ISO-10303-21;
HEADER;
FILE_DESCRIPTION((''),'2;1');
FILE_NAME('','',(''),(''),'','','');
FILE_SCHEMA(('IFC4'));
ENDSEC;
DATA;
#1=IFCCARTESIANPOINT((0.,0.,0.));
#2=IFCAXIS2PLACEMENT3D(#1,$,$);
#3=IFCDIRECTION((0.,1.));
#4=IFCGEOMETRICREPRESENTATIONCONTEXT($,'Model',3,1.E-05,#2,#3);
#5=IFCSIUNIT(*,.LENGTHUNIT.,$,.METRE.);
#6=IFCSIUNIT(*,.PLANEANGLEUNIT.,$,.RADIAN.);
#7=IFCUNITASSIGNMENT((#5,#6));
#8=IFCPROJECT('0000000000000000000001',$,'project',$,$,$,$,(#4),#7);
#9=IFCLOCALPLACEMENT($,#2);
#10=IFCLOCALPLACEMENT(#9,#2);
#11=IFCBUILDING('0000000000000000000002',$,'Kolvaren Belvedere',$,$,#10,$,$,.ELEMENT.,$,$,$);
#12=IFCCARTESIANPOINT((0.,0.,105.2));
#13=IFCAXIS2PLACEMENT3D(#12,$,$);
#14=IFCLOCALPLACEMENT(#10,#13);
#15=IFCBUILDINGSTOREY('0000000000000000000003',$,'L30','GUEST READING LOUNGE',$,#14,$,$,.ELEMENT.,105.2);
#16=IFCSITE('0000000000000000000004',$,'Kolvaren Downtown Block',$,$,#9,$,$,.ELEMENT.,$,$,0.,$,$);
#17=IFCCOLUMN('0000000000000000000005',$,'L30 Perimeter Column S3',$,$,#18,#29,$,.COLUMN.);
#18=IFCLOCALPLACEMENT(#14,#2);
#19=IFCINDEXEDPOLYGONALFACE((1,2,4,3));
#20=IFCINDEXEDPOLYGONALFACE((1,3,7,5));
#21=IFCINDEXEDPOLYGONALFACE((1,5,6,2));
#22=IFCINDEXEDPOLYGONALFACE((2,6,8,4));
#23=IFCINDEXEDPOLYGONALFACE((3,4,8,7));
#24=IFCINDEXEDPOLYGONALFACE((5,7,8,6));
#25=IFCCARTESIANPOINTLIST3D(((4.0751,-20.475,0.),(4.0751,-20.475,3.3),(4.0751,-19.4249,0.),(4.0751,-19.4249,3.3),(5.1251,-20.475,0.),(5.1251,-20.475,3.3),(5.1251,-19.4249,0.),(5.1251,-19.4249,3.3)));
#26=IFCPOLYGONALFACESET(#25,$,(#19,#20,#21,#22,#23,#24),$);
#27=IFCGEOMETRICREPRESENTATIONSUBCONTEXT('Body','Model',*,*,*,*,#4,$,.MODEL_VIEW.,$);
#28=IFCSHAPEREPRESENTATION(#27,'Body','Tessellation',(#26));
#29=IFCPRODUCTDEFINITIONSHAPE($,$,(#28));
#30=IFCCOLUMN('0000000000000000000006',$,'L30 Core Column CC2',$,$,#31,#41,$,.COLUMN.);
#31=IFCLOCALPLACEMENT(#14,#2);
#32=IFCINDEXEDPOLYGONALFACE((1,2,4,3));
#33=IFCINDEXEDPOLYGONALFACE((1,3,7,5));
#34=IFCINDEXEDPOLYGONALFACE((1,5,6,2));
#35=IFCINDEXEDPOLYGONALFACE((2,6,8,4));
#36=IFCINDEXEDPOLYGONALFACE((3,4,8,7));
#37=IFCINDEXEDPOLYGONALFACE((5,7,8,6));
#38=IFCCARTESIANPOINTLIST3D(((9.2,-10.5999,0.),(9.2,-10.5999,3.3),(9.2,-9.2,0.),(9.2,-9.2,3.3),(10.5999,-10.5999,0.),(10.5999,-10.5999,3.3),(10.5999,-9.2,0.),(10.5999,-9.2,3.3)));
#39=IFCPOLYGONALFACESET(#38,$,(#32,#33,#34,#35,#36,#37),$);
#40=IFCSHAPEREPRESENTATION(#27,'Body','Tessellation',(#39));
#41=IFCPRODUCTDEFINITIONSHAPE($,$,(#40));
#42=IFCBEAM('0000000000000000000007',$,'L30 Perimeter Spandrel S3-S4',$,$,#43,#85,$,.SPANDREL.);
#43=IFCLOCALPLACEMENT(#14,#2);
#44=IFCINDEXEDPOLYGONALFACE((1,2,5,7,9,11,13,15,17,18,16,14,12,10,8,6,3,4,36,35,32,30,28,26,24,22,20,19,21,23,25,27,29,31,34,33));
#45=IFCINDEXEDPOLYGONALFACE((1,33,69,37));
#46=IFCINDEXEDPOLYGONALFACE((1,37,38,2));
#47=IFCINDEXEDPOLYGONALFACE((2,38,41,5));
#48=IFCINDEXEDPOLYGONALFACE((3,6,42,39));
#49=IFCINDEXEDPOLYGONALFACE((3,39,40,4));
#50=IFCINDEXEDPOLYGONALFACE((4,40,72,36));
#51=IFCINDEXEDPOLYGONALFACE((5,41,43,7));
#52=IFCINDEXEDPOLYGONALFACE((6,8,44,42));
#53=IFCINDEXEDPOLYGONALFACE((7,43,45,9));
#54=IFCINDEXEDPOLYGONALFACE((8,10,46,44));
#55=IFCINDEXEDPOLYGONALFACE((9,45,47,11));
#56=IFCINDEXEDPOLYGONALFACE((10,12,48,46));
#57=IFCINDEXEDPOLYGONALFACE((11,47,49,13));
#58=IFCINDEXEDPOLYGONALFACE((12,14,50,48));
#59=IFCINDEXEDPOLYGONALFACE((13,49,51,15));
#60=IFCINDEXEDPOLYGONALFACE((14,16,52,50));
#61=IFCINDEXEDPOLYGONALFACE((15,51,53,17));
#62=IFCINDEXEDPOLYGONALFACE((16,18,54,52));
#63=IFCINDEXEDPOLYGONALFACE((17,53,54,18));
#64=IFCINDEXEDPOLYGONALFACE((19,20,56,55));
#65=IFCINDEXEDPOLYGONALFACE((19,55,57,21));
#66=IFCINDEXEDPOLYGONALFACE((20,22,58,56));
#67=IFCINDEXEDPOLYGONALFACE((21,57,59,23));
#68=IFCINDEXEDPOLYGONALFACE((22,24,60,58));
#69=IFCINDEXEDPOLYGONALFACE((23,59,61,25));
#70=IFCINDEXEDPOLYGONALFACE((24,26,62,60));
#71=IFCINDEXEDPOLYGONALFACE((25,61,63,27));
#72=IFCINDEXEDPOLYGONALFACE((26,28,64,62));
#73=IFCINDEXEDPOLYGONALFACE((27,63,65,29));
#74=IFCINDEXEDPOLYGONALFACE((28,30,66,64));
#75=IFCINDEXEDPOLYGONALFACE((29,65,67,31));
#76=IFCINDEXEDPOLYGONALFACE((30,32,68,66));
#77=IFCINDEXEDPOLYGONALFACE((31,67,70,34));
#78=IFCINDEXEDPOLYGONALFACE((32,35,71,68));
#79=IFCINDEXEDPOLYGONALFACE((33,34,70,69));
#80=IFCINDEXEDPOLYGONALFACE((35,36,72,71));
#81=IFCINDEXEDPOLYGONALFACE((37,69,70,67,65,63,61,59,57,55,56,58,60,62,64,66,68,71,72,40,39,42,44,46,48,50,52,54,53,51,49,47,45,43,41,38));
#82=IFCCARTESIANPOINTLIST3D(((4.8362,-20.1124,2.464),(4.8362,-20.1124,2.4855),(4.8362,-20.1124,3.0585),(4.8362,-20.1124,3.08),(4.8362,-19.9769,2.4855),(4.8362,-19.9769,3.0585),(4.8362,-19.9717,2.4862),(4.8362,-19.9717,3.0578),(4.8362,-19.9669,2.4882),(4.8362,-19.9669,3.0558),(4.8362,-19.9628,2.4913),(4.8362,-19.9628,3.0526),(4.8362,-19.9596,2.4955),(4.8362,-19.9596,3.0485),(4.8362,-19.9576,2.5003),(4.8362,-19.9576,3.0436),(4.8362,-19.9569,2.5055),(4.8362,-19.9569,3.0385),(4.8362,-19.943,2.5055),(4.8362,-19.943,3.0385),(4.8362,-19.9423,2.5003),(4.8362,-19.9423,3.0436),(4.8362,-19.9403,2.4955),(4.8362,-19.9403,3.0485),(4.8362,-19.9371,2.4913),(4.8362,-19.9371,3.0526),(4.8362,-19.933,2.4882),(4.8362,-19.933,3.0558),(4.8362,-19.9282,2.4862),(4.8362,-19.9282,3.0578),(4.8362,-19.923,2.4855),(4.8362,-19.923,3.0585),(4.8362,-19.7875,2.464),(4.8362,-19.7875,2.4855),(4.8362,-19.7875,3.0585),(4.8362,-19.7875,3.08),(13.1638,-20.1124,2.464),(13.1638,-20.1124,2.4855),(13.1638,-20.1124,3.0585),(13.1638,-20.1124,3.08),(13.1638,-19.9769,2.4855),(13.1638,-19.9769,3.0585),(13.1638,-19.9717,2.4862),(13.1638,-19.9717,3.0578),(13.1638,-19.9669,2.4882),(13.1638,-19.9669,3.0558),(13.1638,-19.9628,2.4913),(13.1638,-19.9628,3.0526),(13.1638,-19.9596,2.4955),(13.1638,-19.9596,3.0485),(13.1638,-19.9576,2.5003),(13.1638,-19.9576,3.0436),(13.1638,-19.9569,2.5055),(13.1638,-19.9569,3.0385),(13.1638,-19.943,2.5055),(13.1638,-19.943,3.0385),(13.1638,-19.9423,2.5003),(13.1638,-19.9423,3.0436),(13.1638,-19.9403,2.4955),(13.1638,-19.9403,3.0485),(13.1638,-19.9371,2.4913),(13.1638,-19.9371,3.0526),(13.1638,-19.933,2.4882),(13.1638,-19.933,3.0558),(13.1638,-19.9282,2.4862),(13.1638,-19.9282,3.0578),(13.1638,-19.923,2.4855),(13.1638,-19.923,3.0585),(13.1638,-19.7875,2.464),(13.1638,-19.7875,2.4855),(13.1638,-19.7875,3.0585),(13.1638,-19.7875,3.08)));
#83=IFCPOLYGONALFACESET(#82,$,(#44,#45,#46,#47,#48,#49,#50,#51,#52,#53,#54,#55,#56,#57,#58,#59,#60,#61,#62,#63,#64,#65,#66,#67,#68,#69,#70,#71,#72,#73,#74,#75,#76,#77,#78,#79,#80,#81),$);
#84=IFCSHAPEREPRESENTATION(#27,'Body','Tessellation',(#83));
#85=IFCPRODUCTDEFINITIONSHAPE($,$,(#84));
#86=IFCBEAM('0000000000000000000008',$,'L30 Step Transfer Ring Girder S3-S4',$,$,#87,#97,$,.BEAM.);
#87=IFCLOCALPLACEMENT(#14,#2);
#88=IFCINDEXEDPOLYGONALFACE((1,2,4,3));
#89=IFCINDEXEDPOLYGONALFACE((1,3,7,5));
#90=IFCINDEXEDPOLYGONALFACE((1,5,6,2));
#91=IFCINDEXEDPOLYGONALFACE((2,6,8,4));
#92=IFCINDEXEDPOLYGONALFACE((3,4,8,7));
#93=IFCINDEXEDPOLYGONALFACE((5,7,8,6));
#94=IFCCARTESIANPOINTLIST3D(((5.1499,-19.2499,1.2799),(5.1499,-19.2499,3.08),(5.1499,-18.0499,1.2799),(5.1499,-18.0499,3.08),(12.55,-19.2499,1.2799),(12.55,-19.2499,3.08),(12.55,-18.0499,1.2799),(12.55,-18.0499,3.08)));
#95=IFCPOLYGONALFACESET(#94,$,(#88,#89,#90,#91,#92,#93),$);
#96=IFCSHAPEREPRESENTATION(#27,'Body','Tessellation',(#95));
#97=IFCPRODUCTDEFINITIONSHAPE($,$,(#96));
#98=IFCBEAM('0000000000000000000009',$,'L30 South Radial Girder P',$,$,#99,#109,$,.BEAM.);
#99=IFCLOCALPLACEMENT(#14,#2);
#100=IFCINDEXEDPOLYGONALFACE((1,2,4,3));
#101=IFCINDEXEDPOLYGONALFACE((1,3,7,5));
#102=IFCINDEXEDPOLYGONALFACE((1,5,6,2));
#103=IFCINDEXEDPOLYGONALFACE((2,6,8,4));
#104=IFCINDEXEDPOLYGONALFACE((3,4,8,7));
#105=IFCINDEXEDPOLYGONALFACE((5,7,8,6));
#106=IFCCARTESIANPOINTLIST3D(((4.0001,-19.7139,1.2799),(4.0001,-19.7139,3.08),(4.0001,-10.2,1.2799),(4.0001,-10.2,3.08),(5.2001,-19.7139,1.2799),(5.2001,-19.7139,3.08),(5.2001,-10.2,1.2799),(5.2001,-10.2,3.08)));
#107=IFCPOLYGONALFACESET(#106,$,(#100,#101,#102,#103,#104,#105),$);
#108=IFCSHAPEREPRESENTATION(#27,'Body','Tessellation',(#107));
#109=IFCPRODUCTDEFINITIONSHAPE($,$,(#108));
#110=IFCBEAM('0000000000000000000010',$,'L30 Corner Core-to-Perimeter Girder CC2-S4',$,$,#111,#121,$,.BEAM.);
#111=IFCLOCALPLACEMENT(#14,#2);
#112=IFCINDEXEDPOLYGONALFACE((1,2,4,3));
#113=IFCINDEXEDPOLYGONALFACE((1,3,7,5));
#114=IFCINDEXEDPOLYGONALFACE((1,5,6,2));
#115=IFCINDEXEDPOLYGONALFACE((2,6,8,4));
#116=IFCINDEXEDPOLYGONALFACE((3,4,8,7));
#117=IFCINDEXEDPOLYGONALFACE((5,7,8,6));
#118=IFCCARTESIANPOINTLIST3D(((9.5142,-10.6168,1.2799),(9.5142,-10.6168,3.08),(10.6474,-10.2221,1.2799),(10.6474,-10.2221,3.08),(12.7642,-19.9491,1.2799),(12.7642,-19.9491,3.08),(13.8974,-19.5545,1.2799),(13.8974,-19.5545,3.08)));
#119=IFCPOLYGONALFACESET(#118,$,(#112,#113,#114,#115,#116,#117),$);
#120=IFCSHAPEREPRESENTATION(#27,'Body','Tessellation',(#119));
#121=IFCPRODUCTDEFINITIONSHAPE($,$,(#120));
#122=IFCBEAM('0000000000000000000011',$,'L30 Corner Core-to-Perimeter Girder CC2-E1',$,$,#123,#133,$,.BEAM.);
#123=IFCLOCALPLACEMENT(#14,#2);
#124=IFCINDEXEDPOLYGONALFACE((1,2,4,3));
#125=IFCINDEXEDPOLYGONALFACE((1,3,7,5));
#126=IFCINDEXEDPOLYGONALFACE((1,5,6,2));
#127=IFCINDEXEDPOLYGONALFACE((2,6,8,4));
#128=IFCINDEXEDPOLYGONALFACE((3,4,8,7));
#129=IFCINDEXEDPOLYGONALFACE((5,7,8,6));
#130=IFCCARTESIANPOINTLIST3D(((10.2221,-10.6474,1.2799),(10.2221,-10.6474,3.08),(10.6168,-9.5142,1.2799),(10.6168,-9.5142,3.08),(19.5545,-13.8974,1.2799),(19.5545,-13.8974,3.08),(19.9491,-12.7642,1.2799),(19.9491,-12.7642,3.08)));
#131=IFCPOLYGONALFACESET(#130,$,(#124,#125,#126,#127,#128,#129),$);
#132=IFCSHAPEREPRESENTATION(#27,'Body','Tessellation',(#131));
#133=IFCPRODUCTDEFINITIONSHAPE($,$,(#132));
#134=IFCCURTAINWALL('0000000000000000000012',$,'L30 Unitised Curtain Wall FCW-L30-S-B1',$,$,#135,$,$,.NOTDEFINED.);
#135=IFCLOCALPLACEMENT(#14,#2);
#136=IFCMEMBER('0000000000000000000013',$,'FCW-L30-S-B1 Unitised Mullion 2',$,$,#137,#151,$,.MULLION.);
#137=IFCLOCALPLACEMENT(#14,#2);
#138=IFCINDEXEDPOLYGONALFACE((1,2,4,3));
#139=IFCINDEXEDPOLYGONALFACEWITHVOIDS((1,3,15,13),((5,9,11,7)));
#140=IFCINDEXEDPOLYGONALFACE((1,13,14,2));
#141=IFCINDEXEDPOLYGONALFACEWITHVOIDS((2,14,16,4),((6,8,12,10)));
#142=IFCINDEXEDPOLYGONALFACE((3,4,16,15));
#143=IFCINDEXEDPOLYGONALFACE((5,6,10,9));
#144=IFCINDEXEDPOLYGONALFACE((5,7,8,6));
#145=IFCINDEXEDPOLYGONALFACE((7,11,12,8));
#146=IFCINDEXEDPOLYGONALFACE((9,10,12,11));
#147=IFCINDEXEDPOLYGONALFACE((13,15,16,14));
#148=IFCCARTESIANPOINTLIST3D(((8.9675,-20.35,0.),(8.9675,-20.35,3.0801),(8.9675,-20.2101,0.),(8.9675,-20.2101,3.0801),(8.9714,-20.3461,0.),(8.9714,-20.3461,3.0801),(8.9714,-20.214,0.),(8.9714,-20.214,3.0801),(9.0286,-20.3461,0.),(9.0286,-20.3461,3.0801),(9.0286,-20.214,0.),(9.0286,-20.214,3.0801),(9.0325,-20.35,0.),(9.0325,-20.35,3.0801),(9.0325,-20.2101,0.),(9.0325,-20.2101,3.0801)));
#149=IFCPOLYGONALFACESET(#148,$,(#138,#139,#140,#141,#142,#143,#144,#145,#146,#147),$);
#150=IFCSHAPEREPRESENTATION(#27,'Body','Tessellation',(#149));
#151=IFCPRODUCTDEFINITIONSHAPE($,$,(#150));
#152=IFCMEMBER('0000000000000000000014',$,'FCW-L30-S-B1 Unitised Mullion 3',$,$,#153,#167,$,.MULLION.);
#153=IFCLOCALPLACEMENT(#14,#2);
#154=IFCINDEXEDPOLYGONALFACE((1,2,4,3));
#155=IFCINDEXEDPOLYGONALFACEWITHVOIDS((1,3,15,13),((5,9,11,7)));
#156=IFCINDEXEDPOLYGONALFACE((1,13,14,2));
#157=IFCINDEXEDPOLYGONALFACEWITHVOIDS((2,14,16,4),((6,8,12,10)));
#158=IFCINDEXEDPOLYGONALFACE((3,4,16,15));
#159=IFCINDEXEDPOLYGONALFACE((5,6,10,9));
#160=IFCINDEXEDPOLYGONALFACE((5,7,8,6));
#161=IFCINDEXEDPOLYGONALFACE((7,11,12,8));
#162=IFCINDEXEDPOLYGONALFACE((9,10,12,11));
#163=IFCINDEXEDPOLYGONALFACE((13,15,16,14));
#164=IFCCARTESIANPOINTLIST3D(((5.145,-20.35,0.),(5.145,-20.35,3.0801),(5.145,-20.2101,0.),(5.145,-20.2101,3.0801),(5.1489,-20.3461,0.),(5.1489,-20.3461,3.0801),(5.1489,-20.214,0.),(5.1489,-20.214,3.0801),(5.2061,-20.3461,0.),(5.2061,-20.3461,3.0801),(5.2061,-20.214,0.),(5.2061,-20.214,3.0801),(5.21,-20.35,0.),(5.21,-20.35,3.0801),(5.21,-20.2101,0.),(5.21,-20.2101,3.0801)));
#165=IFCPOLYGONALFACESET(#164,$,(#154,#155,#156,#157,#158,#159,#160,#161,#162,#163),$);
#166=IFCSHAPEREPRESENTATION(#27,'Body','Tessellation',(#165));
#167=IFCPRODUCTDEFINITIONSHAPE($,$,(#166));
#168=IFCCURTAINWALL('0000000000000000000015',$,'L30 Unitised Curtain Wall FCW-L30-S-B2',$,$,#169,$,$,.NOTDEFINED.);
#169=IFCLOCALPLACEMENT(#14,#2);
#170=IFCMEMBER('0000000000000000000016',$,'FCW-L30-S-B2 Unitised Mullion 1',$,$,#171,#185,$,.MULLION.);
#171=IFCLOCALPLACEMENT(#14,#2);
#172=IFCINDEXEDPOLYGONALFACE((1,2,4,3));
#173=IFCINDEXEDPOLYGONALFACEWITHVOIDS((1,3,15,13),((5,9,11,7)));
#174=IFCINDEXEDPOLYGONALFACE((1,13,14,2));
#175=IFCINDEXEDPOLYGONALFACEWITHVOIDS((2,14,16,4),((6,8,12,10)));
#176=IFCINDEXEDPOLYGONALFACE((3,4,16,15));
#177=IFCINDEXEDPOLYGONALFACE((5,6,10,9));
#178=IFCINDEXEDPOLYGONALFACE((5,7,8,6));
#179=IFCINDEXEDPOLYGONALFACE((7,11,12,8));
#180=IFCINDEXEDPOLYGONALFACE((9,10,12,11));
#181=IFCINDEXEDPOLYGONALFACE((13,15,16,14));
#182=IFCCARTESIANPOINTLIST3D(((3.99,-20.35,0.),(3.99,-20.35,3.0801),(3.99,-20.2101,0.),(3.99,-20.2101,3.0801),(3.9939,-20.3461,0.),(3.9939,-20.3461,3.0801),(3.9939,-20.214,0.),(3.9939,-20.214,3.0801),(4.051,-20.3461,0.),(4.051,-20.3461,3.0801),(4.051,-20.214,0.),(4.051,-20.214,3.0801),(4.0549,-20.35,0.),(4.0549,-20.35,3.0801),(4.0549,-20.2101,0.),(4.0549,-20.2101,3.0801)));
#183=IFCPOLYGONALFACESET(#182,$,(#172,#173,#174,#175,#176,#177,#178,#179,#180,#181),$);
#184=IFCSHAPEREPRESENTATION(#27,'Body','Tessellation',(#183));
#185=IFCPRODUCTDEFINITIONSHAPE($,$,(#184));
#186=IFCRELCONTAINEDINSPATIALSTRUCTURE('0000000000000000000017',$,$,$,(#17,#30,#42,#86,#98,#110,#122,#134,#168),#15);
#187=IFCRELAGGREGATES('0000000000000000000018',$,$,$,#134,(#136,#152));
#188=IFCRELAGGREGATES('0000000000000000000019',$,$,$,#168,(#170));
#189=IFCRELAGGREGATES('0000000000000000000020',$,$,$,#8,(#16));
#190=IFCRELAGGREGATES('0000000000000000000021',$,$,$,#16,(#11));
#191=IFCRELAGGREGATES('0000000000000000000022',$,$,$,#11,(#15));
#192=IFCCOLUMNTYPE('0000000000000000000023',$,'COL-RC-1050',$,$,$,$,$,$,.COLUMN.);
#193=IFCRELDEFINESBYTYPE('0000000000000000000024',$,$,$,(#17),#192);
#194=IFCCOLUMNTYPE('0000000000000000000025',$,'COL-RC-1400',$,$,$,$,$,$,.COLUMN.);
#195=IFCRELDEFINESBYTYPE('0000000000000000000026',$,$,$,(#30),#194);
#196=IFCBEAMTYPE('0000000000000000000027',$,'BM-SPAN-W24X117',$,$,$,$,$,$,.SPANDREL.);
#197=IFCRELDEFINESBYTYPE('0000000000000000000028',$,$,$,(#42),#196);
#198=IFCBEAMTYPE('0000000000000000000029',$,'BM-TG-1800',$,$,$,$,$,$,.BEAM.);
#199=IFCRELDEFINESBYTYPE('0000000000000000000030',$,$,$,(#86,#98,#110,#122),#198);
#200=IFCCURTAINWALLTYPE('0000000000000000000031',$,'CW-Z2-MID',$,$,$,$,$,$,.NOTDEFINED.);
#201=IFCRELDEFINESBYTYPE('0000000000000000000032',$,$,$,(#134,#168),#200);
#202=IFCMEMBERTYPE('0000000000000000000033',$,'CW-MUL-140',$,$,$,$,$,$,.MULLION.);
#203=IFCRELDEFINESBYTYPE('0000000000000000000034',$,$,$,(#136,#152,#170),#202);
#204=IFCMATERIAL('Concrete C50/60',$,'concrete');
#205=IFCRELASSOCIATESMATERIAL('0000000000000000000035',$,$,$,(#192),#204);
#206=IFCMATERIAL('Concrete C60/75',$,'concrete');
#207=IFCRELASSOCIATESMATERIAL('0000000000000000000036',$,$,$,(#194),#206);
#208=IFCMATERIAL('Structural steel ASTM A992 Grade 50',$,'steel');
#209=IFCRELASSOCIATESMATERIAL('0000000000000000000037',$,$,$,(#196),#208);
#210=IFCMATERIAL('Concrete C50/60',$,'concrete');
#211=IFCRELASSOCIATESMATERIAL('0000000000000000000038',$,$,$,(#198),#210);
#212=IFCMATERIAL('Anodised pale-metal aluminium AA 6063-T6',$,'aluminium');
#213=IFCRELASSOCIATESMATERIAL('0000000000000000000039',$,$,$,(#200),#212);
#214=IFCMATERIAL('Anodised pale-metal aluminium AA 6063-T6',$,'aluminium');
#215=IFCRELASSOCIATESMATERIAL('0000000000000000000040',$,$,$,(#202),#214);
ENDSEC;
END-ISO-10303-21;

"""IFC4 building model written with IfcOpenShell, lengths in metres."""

from ifc_helpers import new_model, si_unit, direction, frame, origin, origin_2d, place, context, subcontext, project, spatial, rectangle, hollow_rectangle, i_section, extrude, material, material_profile, profile_set, type_object, element, aggregate, save


model = new_model("IFC4")

# Units and contexts
model_context = context("Model", 3, precision=1e-05, world=origin(), true_north=direction((0.0, 1.0)))
body_context = subcontext(model_context, "Body", "Model", "MODEL_VIEW")
ifc_project = project(units=[si_unit("LENGTHUNIT", "METRE"), si_unit("PLANEANGLEUNIT", "RADIAN")], contexts=[model_context])

# Site, building, storey
site_placement = place(None, origin())
site = spatial("IfcSite", under=ifc_project, at=site_placement, Name="Kolvaren Downtown Block", CompositionType="ELEMENT", RefElevation=0.0)
building_placement = place(site_placement, origin())
building = spatial("IfcBuilding", under=site, at=building_placement, Name="Kolvaren Belvedere", CompositionType="ELEMENT")
storey_placement = place(building_placement, frame((0.0, 0.0, 105.2)))
storey = spatial("IfcBuildingStorey", under=building, at=storey_placement, Name="L30", Description="GUEST READING LOUNGE", CompositionType="ELEMENT", Elevation=105.2)

# Columns
ifc_material_1 = material(Name="Concrete C50/60", Category="concrete")
ifc_material_profile_1 = material_profile(ifc_material_1, rectangle(XDim=1.05, YDim=1.05, at=origin_2d()), Name="RC 1050X1050")
ifc_profile_set_1 = profile_set([ifc_material_profile_1], Name="Concrete C50/60")
column_type_1 = type_object("IfcColumnType", Name="COL-RC-1050", PredefinedType="COLUMN", material=ifc_profile_set_1)
column_1_placement = place(storey_placement, frame((4.6001, -19.95, 0.0), z_axis=(0.0, 0.0, 1.0), x_axis=(1.0, 0.0, 0.0)))
element("IfcColumn", 1, at=column_1_placement, inside=storey, type_object=column_type_1, Name="L30 Perimeter Column S3", PredefinedType="COLUMN", context=body_context, shape_type="SweptSolid", body=[
    extrude(rectangle(XDim=1.05, YDim=1.05, at=origin_2d()), origin(), (0.0, 0.0, 1.0), 3.3),
])
ifc_material_2 = material(Name="Concrete C60/75", Category="concrete")
ifc_material_profile_2 = material_profile(ifc_material_2, rectangle(XDim=1.3999, YDim=1.3999, at=origin_2d()), Name="RC 1400X1400")
ifc_profile_set_2 = profile_set([ifc_material_profile_2], Name="Concrete C60/75")
column_type_2 = type_object("IfcColumnType", Name="COL-RC-1400", PredefinedType="COLUMN", material=ifc_profile_set_2)
column_2_placement = place(storey_placement, frame((9.8999, -9.8999, 0.0), z_axis=(0.0, 0.0, 1.0), x_axis=(1.0, 0.0, 0.0)))
element("IfcColumn", 2, at=column_2_placement, inside=storey, type_object=column_type_2, Name="L30 Core Column CC2", PredefinedType="COLUMN", context=body_context, shape_type="SweptSolid", body=[
    extrude(rectangle(XDim=1.3999, YDim=1.3999, at=origin_2d()), origin(), (0.0, 0.0, 1.0), 3.3),
])

# Beams
ifc_material_3 = material(Name="Structural steel ASTM A992 Grade 50", Category="steel")
ifc_material_profile_3 = material_profile(ifc_material_3, i_section(OverallWidth=0.325, OverallDepth=0.616, WebThickness=0.0139, FlangeThickness=0.0215, FilletRadius=0.02, at=origin_2d()), Name="W24X117")
ifc_profile_set_3 = profile_set([ifc_material_profile_3], Name="Structural steel ASTM A992 Grade 50")
beam_type_1 = type_object("IfcBeamType", Name="BM-SPAN-W24X117", PredefinedType="SPANDREL", material=ifc_profile_set_3)
beam_1_placement = place(storey_placement, frame((4.8362, -19.95, 2.772), z_axis=(1.0, 0.0, 0.0), x_axis=(0.0, 1.0, 0.0)))
element("IfcBeam", 3, at=beam_1_placement, inside=storey, type_object=beam_type_1, Name="L30 Perimeter Spandrel S3-S4", PredefinedType="SPANDREL", context=body_context, shape_type="SweptSolid", body=[
    extrude(i_section(OverallWidth=0.325, OverallDepth=0.616, WebThickness=0.0139, FlangeThickness=0.0215, FilletRadius=0.02, at=origin_2d()), origin(), (0.0, 0.0, 1.0), 8.3276),
])
ifc_material_4 = material(Name="Concrete C50/60", Category="concrete")
ifc_material_profile_4 = material_profile(ifc_material_4, rectangle(XDim=1.2, YDim=1.8, at=origin_2d()), Name="RC 1200X1800")
ifc_profile_set_4 = profile_set([ifc_material_profile_4], Name="Concrete C50/60")
beam_type_2 = type_object("IfcBeamType", Name="BM-TG-1800", PredefinedType="BEAM", material=ifc_profile_set_4)
beam_2_placement = place(storey_placement, frame((5.1499, -18.6499, 2.1799), z_axis=(1.0, 0.0, 0.0), x_axis=(0.0, 1.0, 0.0)))
element("IfcBeam", 4, at=beam_2_placement, inside=storey, type_object=beam_type_2, Name="L30 Step Transfer Ring Girder S3-S4", PredefinedType="BEAM", context=body_context, shape_type="SweptSolid", body=[
    extrude(rectangle(XDim=1.2, YDim=1.8, at=origin_2d()), origin(), (0.0, 0.0, 1.0), 7.4001),
])
beam_3_placement = place(storey_placement, frame((4.6001, -10.2, 2.1799), z_axis=(0.0, -1.0, 0.0), x_axis=(1.0, 0.0, 0.0)))
element("IfcBeam", 5, at=beam_3_placement, inside=storey, type_object=beam_type_2, Name="L30 South Radial Girder P", PredefinedType="BEAM", context=body_context, shape_type="SweptSolid", body=[
    extrude(rectangle(XDim=1.2, YDim=1.8, at=origin_2d()), origin(), (0.0, 0.0, 1.0), 9.5139),
])
for number, where, z_axis, x_axis, name in (
    (6, (10.0808, -10.4194, 2.1799), (0.328881, -0.944371, 0.0), (0.944371, 0.328881, 0.0), "L30 Corner Core-to-Perimeter Girder CC2-S4"),
    (7, (10.4194, -10.0808, 2.1799), (0.944371, -0.328881, 0.0), (0.328881, 0.944371, 0.0), "L30 Corner Core-to-Perimeter Girder CC2-E1"),
):
    element("IfcBeam", number, at=place(storey_placement, frame(where, z_axis=z_axis, x_axis=x_axis)), inside=storey, type_object=beam_type_2, Name=name, PredefinedType="BEAM", context=body_context, shape_type="SweptSolid", body=[
        extrude(rectangle(XDim=1.2, YDim=1.8, at=origin_2d()), origin(), (0.0, 0.0, 1.0), 9.8821),
    ])

# Curtain walls, members
ifc_material_5 = material(Name="Anodised pale-metal aluminium AA 6063-T6", Category="aluminium")
curtain_wall_type = type_object("IfcCurtainWallType", Name="CW-Z2-MID", PredefinedType="NOTDEFINED", material=ifc_material_5)
curtain_wall_1_placement = place(storey_placement, origin())
curtain_wall_1 = element("IfcCurtainWall", 8, at=curtain_wall_1_placement, inside=storey, type_object=curtain_wall_type, Name="L30 Unitised Curtain Wall FCW-L30-S-B1", PredefinedType="NOTDEFINED")
ifc_material_6 = material(Name="Anodised pale-metal aluminium AA 6063-T6", Category="aluminium")
ifc_material_profile_5 = material_profile(ifc_material_6, hollow_rectangle(XDim=0.0649, YDim=0.1399, WallThickness=0.0039, at=origin_2d()), Name="ALU-MUL-140X65")
ifc_profile_set_5 = profile_set([ifc_material_profile_5], Name="Anodised pale-metal aluminium AA 6063-T6")
member_type_1 = type_object("IfcMemberType", Name="CW-MUL-140", PredefinedType="MULLION", material=ifc_profile_set_5)
member_1_placement = place(storey_placement, frame((9.0, -20.28, 0.0), z_axis=(0.0, 0.0, 1.0), x_axis=(1.0, 0.0, 0.0)))
member_1 = element("IfcMember", 9, at=member_1_placement, type_object=member_type_1, Name="FCW-L30-S-B1 Unitised Mullion 2", PredefinedType="MULLION", context=body_context, shape_type="SweptSolid", body=[
    extrude(hollow_rectangle(XDim=0.0649, YDim=0.1399, WallThickness=0.0039, at=origin_2d()), origin(), (0.0, 0.0, 1.0), 3.0801),
])
member_2_placement = place(storey_placement, frame((5.1775, -20.28, 0.0), z_axis=(0.0, 0.0, 1.0), x_axis=(1.0, 0.0, 0.0)))
member_2 = element("IfcMember", 10, at=member_2_placement, type_object=member_type_1, Name="FCW-L30-S-B1 Unitised Mullion 3", PredefinedType="MULLION", context=body_context, shape_type="SweptSolid", body=[
    extrude(hollow_rectangle(XDim=0.0649, YDim=0.1399, WallThickness=0.0039, at=origin_2d()), origin(), (0.0, 0.0, 1.0), 3.0801),
])
curtain_wall_2_placement = place(storey_placement, origin())
curtain_wall_2 = element("IfcCurtainWall", 11, at=curtain_wall_2_placement, inside=storey, type_object=curtain_wall_type, Name="L30 Unitised Curtain Wall FCW-L30-S-B2", PredefinedType="NOTDEFINED")
member_3_placement = place(storey_placement, frame((4.0225, -20.28, 0.0), z_axis=(0.0, 0.0, 1.0), x_axis=(1.0, 0.0, 0.0)))
member_3 = element("IfcMember", 12, at=member_3_placement, type_object=member_type_1, Name="FCW-L30-S-B2 Unitised Mullion 1", PredefinedType="MULLION", context=body_context, shape_type="SweptSolid", body=[
    extrude(hollow_rectangle(XDim=0.0649, YDim=0.1399, WallThickness=0.0039, at=origin_2d()), origin(), (0.0, 0.0, 1.0), 3.0801),
])

aggregate(curtain_wall_1, [member_1, member_2])
aggregate(curtain_wall_2, [member_3])

save(model, "model.ifc")
